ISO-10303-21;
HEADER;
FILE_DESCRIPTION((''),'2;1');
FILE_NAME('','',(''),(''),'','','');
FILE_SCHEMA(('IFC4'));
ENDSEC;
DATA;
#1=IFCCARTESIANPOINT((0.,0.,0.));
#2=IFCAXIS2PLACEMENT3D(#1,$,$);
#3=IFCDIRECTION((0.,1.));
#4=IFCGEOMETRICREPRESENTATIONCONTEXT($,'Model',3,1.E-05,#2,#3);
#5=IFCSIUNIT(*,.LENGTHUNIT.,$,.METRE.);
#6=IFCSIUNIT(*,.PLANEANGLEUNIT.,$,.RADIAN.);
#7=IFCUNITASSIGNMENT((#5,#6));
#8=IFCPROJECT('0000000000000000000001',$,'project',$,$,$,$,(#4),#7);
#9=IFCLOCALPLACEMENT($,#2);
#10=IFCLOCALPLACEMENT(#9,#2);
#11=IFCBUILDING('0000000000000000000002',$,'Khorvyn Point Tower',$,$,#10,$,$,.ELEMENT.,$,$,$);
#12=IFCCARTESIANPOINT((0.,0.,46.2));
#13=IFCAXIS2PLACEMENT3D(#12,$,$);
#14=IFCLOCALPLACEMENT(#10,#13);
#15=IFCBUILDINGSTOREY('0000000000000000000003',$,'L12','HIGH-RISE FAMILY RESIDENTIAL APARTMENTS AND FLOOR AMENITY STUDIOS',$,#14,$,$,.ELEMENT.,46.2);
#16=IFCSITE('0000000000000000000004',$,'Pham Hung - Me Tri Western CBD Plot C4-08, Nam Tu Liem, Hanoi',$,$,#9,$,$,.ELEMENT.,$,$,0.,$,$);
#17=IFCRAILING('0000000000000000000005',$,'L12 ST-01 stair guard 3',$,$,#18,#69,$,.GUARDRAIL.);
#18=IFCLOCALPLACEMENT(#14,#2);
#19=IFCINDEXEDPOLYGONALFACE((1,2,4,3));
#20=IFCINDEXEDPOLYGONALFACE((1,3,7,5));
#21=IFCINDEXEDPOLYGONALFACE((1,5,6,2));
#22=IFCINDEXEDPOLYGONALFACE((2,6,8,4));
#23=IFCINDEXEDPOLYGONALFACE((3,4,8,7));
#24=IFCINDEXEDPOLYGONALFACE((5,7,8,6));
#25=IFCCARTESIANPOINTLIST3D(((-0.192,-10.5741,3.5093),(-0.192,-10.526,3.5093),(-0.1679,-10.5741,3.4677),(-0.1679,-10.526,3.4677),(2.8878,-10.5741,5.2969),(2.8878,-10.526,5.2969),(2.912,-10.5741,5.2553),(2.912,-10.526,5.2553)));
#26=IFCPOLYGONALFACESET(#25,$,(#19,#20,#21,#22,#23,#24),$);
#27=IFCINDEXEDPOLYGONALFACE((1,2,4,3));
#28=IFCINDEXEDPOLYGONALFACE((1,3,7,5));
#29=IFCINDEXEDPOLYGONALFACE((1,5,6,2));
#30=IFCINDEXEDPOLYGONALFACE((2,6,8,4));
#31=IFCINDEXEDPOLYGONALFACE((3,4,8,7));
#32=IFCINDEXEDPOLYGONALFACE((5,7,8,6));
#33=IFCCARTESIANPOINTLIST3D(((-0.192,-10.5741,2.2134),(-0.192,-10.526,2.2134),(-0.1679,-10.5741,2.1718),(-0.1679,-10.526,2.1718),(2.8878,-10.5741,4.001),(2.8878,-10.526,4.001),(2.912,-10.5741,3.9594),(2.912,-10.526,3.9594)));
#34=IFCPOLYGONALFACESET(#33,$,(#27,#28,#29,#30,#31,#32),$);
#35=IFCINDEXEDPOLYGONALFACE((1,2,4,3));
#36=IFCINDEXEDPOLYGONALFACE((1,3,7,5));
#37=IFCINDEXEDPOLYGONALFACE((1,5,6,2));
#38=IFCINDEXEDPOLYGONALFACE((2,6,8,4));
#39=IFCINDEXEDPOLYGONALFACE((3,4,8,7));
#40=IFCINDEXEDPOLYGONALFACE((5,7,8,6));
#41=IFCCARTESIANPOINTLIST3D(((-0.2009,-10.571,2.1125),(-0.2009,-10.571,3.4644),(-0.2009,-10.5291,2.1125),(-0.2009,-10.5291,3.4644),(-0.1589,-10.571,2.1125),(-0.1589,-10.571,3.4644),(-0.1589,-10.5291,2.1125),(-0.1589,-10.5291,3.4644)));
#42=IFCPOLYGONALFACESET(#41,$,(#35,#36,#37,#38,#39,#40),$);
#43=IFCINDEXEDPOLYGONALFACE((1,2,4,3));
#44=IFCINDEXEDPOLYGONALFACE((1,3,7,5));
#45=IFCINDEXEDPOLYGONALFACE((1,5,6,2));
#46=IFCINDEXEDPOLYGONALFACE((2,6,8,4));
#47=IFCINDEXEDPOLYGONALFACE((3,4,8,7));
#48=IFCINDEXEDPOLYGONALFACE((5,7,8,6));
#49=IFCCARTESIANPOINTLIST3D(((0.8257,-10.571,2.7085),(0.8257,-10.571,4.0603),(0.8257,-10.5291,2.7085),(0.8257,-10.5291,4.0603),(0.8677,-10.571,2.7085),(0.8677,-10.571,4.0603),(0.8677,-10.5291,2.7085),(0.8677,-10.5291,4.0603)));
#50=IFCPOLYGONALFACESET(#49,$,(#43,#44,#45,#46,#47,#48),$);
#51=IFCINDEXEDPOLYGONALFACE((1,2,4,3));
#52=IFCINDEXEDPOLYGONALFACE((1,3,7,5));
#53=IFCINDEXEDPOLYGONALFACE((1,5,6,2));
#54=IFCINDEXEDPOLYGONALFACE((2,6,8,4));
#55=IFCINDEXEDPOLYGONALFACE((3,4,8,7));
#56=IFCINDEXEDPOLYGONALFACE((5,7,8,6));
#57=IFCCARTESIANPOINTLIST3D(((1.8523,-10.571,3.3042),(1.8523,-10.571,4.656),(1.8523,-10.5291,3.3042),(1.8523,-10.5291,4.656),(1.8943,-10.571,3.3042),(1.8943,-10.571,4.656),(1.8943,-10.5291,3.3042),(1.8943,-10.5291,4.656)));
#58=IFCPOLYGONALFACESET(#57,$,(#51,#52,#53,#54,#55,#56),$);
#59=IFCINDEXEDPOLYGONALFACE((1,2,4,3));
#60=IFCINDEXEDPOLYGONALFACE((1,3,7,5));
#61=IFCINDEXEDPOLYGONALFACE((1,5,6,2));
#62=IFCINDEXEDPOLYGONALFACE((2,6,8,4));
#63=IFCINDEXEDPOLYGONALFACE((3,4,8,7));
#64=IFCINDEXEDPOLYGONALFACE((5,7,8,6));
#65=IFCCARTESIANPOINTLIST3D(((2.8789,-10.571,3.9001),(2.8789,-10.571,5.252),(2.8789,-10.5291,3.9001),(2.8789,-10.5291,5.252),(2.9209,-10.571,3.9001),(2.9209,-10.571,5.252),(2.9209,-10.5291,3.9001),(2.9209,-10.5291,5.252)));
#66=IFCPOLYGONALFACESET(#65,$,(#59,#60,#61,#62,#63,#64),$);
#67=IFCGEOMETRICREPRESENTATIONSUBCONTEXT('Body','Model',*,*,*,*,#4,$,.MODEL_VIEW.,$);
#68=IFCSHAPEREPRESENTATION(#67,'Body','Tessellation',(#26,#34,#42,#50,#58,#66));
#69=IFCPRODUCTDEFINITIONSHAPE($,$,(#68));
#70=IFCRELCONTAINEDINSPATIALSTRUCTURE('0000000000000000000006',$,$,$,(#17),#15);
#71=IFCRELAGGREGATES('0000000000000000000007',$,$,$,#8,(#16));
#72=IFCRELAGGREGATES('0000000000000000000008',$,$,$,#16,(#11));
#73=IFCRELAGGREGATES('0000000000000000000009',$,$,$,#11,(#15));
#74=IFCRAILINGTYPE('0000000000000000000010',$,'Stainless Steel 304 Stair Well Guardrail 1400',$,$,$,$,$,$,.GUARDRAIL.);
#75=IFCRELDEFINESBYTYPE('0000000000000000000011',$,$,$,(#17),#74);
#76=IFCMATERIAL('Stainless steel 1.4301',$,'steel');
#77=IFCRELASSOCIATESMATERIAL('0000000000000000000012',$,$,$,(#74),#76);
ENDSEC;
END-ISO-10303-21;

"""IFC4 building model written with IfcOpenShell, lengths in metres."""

from ifc_helpers import new_model, si_unit, direction, frame, origin, origin_2d, place, context, subcontext, project, spatial, rectangle, extrude, material, type_object, element, save


model = new_model("IFC4")

# Units and contexts
model_context = context("Model", 3, precision=1e-05, world=origin(), true_north=direction((0.0, 1.0)))
body_context = subcontext(model_context, "Body", "Model", "MODEL_VIEW")
ifc_project = project(units=[si_unit("LENGTHUNIT", "METRE"), si_unit("PLANEANGLEUNIT", "RADIAN")], contexts=[model_context])

# Site, building, storey
site_placement = place(None, origin())
site = spatial("IfcSite", under=ifc_project, at=site_placement, Name="Pham Hung - Me Tri Western CBD Plot C4-08, Nam Tu Liem, Hanoi", CompositionType="ELEMENT", RefElevation=0.0)
building_placement = place(site_placement, origin())
building = spatial("IfcBuilding", under=site, at=building_placement, Name="Khorvyn Point Tower", CompositionType="ELEMENT")
storey_placement = place(building_placement, frame((0.0, 0.0, 46.2)))
storey = spatial("IfcBuildingStorey", under=building, at=storey_placement, Name="L12", Description="HIGH-RISE FAMILY RESIDENTIAL APARTMENTS AND FLOOR AMENITY STUDIOS", CompositionType="ELEMENT", Elevation=46.2)

# Railing
ifc_material_1 = material(Name="Stainless steel 1.4301", Category="steel")
railing_type = type_object("IfcRailingType", Name="Stainless Steel 304 Stair Well Guardrail 1400", PredefinedType="GUARDRAIL", material=ifc_material_1)
railing_1_placement = place(storey_placement, frame((-0.1799, -10.55, 2.1125)))
element("IfcRailing", 1, at=railing_1_placement, inside=storey, type_object=railing_type, Name="L12 ST-01 stair guard 3", PredefinedType="GUARDRAIL", context=body_context, shape_type="SweptSolid", body=[
    extrude(rectangle(XDim=0.0481, YDim=0.0481, at=origin_2d()), frame((0.0, 0.0, 1.376), z_axis=(0.864873, 0.0, 0.50199), x_axis=(0.0, 1.0, 0.0)), (0.0, 0.0, 1.0), 3.561),
    extrude(rectangle(XDim=0.0481, YDim=0.0481, at=origin_2d()), frame((0.0, 0.0, 0.0801), z_axis=(0.864873, 0.0, 0.50199), x_axis=(0.0, 1.0, 0.0)), (0.0, 0.0, 1.0), 3.561),
    extrude(rectangle(XDim=0.042, YDim=0.042, at=origin_2d()), origin(), (0.0, 0.0, 1.0), 1.3518),
    extrude(rectangle(XDim=0.042, YDim=0.042, at=origin_2d()), frame((1.0266, 0.0, 0.5959)), (0.0, 0.0, 1.0), 1.3518),
    extrude(rectangle(XDim=0.042, YDim=0.042, at=origin_2d()), frame((2.0532, 0.0, 1.1917)), (0.0, 0.0, 1.0), 1.3518),
    extrude(rectangle(XDim=0.042, YDim=0.042, at=origin_2d()), frame((3.0798, 0.0, 1.7876)), (0.0, 0.0, 1.0), 1.3518),
])

save(model, "model.ifc")
